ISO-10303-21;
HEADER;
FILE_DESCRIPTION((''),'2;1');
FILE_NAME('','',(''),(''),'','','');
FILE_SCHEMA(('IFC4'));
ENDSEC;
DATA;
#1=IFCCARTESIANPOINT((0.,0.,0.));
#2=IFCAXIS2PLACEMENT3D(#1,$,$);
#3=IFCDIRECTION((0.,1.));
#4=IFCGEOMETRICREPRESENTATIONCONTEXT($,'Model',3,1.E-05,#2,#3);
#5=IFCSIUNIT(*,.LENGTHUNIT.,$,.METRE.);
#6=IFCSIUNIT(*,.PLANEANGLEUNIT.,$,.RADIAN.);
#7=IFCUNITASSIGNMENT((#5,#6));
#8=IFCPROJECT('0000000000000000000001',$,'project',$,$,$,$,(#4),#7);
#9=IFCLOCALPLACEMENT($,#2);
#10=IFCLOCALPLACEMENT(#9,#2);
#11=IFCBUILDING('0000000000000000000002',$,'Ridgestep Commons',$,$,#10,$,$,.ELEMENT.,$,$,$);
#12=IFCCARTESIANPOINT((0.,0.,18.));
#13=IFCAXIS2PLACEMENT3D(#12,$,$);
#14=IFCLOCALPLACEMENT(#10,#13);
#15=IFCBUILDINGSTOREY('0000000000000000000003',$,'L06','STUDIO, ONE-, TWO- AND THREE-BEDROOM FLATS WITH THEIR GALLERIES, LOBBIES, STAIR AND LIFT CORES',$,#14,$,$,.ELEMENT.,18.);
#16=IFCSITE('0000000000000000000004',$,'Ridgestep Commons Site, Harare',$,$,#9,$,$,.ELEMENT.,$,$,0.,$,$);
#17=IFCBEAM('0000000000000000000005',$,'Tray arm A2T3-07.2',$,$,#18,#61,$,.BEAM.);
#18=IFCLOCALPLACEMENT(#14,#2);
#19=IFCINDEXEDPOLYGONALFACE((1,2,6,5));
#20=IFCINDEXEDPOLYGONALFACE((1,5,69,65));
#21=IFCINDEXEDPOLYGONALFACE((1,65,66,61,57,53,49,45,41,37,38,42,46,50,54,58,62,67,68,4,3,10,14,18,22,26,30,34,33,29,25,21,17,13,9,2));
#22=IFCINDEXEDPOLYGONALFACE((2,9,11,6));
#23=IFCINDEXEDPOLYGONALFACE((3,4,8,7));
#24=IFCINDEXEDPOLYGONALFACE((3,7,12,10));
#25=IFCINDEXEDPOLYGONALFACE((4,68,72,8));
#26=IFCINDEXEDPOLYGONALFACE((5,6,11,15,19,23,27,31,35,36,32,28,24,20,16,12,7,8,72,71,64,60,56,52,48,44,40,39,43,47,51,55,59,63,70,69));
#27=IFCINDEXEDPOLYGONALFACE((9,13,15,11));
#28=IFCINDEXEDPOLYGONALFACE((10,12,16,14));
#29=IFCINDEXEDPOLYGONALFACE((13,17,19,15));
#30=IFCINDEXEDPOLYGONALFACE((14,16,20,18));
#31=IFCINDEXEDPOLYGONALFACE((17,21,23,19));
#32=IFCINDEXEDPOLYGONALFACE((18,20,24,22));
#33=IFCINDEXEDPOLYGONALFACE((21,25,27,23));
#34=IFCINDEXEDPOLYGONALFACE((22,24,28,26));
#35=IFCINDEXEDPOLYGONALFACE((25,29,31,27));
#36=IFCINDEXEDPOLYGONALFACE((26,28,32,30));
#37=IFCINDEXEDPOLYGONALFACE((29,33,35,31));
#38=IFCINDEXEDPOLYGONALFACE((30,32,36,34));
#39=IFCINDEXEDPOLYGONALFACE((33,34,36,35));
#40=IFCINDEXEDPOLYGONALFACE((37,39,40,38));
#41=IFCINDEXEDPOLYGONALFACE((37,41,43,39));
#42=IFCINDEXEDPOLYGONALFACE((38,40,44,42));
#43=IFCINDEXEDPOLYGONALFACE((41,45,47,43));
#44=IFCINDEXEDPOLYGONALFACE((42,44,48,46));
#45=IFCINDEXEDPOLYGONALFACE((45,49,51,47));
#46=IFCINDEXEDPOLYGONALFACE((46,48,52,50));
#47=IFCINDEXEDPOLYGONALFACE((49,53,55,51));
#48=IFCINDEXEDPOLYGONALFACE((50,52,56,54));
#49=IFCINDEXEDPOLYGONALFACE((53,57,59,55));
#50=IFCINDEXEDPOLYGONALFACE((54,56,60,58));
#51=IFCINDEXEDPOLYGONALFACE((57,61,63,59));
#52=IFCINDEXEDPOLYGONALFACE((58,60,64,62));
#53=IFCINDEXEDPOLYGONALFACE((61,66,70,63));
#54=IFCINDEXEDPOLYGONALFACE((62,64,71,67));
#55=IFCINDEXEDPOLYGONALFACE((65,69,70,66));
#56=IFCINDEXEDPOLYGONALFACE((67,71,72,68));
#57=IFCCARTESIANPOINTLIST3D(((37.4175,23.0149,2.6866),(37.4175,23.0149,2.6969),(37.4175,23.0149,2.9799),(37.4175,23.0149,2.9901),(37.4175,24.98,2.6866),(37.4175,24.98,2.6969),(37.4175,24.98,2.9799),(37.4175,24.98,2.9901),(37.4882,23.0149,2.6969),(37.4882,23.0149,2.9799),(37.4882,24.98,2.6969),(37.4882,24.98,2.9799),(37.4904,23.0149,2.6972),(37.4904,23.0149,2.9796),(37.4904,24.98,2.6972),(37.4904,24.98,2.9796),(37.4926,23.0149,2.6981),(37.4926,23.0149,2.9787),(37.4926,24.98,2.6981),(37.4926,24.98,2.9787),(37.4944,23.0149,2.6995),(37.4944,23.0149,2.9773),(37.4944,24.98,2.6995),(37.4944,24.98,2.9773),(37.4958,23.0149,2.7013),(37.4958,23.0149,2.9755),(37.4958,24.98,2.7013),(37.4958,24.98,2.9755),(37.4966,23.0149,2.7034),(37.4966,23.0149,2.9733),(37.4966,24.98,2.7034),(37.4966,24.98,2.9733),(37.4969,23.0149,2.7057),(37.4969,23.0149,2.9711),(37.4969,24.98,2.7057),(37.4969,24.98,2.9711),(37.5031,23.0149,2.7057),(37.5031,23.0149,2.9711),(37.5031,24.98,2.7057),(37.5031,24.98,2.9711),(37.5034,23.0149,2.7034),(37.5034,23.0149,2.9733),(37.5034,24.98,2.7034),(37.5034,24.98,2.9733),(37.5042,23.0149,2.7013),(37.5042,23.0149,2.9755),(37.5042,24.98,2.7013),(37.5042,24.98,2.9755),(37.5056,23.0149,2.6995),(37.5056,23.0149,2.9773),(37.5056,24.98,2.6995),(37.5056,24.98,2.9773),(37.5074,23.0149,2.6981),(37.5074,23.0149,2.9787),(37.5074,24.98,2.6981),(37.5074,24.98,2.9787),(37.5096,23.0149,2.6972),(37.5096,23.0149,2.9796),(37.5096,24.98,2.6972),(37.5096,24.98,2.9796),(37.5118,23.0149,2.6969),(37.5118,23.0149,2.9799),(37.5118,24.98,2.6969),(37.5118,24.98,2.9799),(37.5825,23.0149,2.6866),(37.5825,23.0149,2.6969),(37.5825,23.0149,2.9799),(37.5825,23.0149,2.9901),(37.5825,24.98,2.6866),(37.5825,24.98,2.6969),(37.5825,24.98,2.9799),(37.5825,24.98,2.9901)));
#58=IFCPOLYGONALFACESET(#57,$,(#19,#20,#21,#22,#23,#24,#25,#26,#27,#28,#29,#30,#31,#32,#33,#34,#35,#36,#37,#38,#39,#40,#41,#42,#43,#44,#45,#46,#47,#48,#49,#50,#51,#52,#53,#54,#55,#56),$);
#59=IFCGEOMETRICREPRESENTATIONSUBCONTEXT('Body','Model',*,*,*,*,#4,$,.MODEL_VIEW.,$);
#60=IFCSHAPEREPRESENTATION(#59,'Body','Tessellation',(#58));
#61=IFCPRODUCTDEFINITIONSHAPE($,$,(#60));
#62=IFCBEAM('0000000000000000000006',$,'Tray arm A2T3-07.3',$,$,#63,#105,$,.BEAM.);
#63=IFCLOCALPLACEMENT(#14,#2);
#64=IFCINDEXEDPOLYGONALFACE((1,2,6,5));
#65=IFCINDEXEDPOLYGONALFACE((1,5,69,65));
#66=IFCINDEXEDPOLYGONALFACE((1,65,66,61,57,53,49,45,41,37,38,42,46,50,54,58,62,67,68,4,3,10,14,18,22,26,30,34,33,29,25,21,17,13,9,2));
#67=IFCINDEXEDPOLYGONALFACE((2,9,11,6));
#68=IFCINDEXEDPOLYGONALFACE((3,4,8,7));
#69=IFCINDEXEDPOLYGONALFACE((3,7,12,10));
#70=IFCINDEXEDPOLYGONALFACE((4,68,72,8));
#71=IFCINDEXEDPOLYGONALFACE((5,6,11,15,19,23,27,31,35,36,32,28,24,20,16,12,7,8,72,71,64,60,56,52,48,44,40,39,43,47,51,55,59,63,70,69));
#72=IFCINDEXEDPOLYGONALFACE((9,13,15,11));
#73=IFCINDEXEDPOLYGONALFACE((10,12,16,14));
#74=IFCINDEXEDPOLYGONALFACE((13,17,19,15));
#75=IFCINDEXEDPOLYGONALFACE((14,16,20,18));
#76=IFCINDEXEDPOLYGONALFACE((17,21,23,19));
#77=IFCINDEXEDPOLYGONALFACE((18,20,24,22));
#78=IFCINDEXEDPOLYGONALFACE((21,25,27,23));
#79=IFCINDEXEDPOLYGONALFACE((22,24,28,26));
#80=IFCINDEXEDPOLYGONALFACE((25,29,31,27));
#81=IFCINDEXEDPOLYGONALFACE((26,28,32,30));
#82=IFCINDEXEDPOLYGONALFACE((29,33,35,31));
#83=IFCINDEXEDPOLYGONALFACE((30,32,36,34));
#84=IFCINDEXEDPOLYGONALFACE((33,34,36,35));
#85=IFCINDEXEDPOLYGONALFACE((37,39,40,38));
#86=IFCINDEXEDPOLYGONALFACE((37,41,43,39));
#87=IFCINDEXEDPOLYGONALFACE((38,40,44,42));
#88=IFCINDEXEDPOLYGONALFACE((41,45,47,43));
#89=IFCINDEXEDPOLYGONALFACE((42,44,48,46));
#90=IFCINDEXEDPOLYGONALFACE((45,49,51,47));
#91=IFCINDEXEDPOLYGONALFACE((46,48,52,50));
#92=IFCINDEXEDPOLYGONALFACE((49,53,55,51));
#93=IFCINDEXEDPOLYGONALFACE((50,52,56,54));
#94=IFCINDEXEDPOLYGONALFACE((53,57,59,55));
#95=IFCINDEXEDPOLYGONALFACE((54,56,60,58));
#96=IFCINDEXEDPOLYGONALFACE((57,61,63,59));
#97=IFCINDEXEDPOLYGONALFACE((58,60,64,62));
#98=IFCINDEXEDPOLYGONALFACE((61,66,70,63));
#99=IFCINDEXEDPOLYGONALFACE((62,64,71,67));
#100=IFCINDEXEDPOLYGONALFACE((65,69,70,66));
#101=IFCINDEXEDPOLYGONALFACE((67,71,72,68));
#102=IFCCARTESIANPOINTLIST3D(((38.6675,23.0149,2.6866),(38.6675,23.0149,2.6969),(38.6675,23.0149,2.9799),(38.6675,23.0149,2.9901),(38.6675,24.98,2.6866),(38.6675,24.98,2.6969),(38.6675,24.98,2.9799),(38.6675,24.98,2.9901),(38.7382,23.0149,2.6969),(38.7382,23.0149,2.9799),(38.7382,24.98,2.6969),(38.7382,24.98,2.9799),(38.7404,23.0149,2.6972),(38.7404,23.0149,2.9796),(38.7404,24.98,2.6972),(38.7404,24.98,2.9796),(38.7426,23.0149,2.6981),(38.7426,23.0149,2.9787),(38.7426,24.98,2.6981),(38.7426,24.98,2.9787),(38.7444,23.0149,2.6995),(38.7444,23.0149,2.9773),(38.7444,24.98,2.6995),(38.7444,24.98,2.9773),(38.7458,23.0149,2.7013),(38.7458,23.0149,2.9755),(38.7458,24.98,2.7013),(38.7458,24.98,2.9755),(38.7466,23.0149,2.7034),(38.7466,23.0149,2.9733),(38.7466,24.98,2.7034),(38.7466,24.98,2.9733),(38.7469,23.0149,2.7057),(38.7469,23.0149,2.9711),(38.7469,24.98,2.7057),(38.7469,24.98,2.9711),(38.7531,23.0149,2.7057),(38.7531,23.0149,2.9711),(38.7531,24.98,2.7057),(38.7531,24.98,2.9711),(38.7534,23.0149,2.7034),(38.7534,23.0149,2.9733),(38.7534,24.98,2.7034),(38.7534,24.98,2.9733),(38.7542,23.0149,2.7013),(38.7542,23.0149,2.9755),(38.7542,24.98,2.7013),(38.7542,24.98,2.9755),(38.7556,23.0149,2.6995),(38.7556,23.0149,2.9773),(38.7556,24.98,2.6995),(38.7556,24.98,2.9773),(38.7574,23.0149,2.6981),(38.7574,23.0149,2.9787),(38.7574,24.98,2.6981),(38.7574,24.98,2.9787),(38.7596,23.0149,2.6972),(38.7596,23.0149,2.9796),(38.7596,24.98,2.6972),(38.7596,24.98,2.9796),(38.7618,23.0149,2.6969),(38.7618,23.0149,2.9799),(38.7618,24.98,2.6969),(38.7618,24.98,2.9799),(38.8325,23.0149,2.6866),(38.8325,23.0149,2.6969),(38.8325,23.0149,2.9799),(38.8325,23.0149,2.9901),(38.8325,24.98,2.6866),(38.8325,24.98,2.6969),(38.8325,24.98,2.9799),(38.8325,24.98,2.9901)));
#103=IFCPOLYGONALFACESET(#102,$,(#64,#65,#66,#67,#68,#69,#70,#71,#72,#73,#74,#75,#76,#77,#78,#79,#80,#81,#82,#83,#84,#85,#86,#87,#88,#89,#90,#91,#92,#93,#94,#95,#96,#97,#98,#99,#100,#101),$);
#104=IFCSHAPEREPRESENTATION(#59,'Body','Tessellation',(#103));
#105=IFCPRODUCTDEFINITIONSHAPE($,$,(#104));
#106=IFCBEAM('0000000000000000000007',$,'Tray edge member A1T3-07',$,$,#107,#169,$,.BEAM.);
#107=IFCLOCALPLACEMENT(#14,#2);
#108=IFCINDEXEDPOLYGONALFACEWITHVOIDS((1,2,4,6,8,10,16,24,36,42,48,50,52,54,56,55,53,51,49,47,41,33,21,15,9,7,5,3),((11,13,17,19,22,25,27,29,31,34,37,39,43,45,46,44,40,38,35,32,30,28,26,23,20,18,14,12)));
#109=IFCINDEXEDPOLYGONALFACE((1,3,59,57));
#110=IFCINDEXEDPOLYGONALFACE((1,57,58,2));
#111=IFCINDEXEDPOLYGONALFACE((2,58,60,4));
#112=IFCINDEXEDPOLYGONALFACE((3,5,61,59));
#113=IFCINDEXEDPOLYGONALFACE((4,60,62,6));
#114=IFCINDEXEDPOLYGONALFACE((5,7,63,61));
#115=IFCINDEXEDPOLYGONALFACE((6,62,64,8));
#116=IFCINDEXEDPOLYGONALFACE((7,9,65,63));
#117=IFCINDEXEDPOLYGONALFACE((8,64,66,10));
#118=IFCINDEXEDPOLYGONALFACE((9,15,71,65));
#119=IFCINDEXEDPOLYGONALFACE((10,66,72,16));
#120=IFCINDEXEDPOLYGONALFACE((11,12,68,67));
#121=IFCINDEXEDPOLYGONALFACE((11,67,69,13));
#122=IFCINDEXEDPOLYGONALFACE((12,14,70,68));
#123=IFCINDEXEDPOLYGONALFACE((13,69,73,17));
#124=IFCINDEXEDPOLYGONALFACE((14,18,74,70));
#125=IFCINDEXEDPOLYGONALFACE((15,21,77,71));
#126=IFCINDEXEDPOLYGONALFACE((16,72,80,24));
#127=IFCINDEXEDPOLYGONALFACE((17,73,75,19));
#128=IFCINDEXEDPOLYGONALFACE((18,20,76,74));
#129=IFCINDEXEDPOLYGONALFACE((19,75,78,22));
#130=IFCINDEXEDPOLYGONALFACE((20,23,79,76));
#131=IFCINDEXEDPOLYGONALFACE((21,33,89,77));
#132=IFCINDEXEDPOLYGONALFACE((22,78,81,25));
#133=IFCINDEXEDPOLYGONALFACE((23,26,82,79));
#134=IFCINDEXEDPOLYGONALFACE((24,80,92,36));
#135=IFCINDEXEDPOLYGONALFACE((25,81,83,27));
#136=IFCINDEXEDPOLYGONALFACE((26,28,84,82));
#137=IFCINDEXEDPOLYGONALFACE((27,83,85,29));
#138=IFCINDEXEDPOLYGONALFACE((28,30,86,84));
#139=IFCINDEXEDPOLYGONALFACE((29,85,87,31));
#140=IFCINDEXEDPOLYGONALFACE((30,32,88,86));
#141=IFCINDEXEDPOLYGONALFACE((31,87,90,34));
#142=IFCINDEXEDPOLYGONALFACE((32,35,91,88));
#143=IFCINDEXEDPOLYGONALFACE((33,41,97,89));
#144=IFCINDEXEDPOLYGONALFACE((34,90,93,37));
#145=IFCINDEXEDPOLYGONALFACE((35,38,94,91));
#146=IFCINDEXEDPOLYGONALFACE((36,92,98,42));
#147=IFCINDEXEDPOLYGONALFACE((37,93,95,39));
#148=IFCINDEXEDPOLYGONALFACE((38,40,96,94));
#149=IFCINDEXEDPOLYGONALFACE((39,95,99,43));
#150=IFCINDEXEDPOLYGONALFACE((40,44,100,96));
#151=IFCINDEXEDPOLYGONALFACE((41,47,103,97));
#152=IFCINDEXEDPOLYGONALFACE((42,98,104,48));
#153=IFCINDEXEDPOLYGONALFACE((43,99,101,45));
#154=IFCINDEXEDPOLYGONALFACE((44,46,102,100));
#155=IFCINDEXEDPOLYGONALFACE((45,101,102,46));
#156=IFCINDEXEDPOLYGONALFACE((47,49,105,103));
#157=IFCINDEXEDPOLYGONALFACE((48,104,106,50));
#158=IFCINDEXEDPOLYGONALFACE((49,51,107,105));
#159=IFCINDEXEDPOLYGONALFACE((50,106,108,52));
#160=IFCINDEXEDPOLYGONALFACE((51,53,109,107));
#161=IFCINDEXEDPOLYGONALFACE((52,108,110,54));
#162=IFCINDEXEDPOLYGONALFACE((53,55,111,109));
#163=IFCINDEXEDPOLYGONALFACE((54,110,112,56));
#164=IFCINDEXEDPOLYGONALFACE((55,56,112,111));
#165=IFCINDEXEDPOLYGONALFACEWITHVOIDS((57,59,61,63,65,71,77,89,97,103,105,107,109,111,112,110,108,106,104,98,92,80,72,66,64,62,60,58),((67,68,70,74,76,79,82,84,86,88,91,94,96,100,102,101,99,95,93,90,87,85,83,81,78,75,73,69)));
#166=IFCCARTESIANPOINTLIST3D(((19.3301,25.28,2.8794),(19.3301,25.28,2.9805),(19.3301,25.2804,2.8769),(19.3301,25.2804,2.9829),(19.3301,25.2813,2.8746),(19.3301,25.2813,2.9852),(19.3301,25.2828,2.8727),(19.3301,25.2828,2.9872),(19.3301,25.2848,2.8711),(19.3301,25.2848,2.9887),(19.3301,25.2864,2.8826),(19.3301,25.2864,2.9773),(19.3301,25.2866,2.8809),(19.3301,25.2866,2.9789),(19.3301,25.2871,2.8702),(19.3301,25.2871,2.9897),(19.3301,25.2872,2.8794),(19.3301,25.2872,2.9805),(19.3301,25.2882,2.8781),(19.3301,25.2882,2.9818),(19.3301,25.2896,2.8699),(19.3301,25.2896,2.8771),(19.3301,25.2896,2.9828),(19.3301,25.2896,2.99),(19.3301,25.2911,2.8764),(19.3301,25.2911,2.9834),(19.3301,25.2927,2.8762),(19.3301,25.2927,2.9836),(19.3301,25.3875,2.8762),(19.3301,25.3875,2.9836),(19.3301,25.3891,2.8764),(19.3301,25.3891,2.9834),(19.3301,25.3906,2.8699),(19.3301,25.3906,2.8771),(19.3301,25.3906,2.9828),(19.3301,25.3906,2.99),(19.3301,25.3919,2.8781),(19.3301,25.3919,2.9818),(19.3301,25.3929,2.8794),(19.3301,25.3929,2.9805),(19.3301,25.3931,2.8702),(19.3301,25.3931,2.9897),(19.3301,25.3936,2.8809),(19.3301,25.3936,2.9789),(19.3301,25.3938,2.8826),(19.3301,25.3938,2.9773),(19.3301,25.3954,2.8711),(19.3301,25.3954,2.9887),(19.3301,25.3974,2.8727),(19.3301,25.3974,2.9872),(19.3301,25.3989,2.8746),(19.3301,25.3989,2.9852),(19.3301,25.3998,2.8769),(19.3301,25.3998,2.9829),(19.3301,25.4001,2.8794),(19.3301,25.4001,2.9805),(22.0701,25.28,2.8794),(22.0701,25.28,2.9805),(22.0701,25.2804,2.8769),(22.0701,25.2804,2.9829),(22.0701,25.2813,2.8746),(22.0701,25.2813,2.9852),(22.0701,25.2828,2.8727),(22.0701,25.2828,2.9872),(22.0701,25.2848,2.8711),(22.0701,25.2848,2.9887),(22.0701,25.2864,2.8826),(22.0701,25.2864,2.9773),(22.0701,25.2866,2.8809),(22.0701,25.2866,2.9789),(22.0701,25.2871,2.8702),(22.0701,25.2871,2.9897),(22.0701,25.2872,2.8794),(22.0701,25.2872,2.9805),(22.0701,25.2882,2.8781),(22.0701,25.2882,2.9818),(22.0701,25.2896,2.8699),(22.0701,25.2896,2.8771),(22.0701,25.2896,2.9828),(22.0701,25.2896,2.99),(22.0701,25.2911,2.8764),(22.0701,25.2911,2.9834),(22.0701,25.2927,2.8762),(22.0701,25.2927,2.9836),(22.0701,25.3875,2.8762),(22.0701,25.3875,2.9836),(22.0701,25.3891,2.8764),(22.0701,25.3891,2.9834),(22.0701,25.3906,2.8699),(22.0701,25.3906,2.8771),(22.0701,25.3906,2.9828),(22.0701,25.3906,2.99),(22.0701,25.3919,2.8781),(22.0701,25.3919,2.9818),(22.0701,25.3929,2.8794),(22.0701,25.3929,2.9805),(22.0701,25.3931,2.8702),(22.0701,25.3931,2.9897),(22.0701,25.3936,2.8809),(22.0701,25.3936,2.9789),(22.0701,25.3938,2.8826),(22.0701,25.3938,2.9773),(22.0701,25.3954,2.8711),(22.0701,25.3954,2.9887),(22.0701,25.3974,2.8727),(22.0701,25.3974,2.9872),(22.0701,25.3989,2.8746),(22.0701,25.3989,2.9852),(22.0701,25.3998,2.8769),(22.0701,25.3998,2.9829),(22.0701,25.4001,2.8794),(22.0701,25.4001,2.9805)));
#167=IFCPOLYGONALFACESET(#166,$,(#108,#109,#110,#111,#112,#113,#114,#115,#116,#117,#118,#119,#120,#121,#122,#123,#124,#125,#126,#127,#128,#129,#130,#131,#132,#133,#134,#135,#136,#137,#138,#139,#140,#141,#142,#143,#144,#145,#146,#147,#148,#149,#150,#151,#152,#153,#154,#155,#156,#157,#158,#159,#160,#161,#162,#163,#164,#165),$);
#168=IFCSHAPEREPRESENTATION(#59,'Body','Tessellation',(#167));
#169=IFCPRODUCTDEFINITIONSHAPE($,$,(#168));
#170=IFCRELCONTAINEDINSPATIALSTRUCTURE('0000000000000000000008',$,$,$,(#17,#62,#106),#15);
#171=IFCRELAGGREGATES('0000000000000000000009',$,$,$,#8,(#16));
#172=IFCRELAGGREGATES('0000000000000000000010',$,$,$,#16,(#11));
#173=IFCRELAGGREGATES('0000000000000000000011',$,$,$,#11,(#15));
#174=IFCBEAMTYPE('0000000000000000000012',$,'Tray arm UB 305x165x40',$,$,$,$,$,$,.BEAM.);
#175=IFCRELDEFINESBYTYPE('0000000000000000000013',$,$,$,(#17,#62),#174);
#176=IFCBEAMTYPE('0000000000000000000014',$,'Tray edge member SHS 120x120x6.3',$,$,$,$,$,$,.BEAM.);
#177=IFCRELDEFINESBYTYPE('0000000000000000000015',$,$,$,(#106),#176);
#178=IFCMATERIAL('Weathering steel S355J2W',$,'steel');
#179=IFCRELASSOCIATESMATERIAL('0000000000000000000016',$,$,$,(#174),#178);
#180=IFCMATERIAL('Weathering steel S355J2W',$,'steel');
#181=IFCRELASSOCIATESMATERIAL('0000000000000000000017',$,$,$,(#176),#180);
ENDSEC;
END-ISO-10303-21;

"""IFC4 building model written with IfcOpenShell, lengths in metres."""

from ifc_helpers import new_model, si_unit, direction, frame, origin, origin_2d, place, context, subcontext, project, spatial, hollow_rectangle, i_section, extrude, material, material_profile, profile_set, type_object, element, save


model = new_model("IFC4")

# Units and contexts
model_context = context("Model", 3, precision=1e-05, world=origin(), true_north=direction((0.0, 1.0)))
body_context = subcontext(model_context, "Body", "Model", "MODEL_VIEW")
ifc_project = project(units=[si_unit("LENGTHUNIT", "METRE"), si_unit("PLANEANGLEUNIT", "RADIAN")], contexts=[model_context])

# Site, building, storey
site_placement = place(None, origin())
site = spatial("IfcSite", under=ifc_project, at=site_placement, Name="Ridgestep Commons Site, Harare", CompositionType="ELEMENT", RefElevation=0.0)
building_placement = place(site_placement, origin())
building = spatial("IfcBuilding", under=site, at=building_placement, Name="Ridgestep Commons", CompositionType="ELEMENT")
storey_placement = place(building_placement, frame((0.0, 0.0, 18.0)))
storey = spatial("IfcBuildingStorey", under=building, at=storey_placement, Name="L06", Description="STUDIO, ONE-, TWO- AND THREE-BEDROOM FLATS WITH THEIR GALLERIES, LOBBIES, STAIR AND LIFT CORES", CompositionType="ELEMENT", Elevation=18.0)

# Beams
ifc_material_1 = material(Name="Weathering steel S355J2W", Category="steel")
ifc_material_profile_1 = material_profile(ifc_material_1, i_section(OverallWidth=0.165, OverallDepth=0.3035, WebThickness=0.0061, FlangeThickness=0.0103, FilletRadius=0.0088, at=origin_2d()), Name="UB 305x165x40")
ifc_profile_set_1 = profile_set([ifc_material_profile_1], Name="Weathering steel S355J2W")
beam_type_1 = type_object("IfcBeamType", Name="Tray arm UB 305x165x40", PredefinedType="BEAM", material=ifc_profile_set_1)
for number, where, z_axis, x_axis, name in (
    (1, (37.5, 23.0149, 2.8384), (0.0, 1.0, 0.0), (-1.0, 0.0, 0.0), "Tray arm A2T3-07.2"),
    (2, (38.75, 23.0149, 2.8384), (0.0, 1.0, 0.0), (-1.0, 0.0, 0.0), "Tray arm A2T3-07.3"),
):
    element("IfcBeam", number, at=place(storey_placement, frame(where, z_axis=z_axis, x_axis=x_axis)), inside=storey, type_object=beam_type_1, Name=name, PredefinedType="BEAM", context=body_context, shape_type="SweptSolid", body=[
        extrude(i_section(OverallWidth=0.165, OverallDepth=0.3035, WebThickness=0.0061, FlangeThickness=0.0103, FilletRadius=0.0088, at=origin_2d()), origin(), (0.0, 0.0, 1.0), 1.9651),
    ])
ifc_material_2 = material(Name="Weathering steel S355J2W", Category="steel")
ifc_material_profile_2 = material_profile(ifc_material_2, hollow_rectangle(XDim=0.1201, YDim=0.1201, WallThickness=0.0063, InnerFilletRadius=0.0063, OuterFilletRadius=0.0095, at=origin_2d()), Name="SHS 120x120x6.3")
ifc_profile_set_2 = profile_set([ifc_material_profile_2], Name="Weathering steel S355J2W")
beam_type_2 = type_object("IfcBeamType", Name="Tray edge member SHS 120x120x6.3", PredefinedType="BEAM", material=ifc_profile_set_2)
beam_1_placement = place(storey_placement, frame((19.3301, 25.3401, 2.9299), z_axis=(1.0, 0.0, 0.0), x_axis=(0.0, 0.0, 1.0)))
element("IfcBeam", 3, at=beam_1_placement, inside=storey, type_object=beam_type_2, Name="Tray edge member A1T3-07", PredefinedType="BEAM", context=body_context, shape_type="SweptSolid", body=[
    extrude(hollow_rectangle(XDim=0.1201, YDim=0.1201, WallThickness=0.0063, InnerFilletRadius=0.0063, OuterFilletRadius=0.0095, at=origin_2d()), origin(), (0.0, 0.0, 1.0), 2.74),
])

save(model, "model.ifc")
